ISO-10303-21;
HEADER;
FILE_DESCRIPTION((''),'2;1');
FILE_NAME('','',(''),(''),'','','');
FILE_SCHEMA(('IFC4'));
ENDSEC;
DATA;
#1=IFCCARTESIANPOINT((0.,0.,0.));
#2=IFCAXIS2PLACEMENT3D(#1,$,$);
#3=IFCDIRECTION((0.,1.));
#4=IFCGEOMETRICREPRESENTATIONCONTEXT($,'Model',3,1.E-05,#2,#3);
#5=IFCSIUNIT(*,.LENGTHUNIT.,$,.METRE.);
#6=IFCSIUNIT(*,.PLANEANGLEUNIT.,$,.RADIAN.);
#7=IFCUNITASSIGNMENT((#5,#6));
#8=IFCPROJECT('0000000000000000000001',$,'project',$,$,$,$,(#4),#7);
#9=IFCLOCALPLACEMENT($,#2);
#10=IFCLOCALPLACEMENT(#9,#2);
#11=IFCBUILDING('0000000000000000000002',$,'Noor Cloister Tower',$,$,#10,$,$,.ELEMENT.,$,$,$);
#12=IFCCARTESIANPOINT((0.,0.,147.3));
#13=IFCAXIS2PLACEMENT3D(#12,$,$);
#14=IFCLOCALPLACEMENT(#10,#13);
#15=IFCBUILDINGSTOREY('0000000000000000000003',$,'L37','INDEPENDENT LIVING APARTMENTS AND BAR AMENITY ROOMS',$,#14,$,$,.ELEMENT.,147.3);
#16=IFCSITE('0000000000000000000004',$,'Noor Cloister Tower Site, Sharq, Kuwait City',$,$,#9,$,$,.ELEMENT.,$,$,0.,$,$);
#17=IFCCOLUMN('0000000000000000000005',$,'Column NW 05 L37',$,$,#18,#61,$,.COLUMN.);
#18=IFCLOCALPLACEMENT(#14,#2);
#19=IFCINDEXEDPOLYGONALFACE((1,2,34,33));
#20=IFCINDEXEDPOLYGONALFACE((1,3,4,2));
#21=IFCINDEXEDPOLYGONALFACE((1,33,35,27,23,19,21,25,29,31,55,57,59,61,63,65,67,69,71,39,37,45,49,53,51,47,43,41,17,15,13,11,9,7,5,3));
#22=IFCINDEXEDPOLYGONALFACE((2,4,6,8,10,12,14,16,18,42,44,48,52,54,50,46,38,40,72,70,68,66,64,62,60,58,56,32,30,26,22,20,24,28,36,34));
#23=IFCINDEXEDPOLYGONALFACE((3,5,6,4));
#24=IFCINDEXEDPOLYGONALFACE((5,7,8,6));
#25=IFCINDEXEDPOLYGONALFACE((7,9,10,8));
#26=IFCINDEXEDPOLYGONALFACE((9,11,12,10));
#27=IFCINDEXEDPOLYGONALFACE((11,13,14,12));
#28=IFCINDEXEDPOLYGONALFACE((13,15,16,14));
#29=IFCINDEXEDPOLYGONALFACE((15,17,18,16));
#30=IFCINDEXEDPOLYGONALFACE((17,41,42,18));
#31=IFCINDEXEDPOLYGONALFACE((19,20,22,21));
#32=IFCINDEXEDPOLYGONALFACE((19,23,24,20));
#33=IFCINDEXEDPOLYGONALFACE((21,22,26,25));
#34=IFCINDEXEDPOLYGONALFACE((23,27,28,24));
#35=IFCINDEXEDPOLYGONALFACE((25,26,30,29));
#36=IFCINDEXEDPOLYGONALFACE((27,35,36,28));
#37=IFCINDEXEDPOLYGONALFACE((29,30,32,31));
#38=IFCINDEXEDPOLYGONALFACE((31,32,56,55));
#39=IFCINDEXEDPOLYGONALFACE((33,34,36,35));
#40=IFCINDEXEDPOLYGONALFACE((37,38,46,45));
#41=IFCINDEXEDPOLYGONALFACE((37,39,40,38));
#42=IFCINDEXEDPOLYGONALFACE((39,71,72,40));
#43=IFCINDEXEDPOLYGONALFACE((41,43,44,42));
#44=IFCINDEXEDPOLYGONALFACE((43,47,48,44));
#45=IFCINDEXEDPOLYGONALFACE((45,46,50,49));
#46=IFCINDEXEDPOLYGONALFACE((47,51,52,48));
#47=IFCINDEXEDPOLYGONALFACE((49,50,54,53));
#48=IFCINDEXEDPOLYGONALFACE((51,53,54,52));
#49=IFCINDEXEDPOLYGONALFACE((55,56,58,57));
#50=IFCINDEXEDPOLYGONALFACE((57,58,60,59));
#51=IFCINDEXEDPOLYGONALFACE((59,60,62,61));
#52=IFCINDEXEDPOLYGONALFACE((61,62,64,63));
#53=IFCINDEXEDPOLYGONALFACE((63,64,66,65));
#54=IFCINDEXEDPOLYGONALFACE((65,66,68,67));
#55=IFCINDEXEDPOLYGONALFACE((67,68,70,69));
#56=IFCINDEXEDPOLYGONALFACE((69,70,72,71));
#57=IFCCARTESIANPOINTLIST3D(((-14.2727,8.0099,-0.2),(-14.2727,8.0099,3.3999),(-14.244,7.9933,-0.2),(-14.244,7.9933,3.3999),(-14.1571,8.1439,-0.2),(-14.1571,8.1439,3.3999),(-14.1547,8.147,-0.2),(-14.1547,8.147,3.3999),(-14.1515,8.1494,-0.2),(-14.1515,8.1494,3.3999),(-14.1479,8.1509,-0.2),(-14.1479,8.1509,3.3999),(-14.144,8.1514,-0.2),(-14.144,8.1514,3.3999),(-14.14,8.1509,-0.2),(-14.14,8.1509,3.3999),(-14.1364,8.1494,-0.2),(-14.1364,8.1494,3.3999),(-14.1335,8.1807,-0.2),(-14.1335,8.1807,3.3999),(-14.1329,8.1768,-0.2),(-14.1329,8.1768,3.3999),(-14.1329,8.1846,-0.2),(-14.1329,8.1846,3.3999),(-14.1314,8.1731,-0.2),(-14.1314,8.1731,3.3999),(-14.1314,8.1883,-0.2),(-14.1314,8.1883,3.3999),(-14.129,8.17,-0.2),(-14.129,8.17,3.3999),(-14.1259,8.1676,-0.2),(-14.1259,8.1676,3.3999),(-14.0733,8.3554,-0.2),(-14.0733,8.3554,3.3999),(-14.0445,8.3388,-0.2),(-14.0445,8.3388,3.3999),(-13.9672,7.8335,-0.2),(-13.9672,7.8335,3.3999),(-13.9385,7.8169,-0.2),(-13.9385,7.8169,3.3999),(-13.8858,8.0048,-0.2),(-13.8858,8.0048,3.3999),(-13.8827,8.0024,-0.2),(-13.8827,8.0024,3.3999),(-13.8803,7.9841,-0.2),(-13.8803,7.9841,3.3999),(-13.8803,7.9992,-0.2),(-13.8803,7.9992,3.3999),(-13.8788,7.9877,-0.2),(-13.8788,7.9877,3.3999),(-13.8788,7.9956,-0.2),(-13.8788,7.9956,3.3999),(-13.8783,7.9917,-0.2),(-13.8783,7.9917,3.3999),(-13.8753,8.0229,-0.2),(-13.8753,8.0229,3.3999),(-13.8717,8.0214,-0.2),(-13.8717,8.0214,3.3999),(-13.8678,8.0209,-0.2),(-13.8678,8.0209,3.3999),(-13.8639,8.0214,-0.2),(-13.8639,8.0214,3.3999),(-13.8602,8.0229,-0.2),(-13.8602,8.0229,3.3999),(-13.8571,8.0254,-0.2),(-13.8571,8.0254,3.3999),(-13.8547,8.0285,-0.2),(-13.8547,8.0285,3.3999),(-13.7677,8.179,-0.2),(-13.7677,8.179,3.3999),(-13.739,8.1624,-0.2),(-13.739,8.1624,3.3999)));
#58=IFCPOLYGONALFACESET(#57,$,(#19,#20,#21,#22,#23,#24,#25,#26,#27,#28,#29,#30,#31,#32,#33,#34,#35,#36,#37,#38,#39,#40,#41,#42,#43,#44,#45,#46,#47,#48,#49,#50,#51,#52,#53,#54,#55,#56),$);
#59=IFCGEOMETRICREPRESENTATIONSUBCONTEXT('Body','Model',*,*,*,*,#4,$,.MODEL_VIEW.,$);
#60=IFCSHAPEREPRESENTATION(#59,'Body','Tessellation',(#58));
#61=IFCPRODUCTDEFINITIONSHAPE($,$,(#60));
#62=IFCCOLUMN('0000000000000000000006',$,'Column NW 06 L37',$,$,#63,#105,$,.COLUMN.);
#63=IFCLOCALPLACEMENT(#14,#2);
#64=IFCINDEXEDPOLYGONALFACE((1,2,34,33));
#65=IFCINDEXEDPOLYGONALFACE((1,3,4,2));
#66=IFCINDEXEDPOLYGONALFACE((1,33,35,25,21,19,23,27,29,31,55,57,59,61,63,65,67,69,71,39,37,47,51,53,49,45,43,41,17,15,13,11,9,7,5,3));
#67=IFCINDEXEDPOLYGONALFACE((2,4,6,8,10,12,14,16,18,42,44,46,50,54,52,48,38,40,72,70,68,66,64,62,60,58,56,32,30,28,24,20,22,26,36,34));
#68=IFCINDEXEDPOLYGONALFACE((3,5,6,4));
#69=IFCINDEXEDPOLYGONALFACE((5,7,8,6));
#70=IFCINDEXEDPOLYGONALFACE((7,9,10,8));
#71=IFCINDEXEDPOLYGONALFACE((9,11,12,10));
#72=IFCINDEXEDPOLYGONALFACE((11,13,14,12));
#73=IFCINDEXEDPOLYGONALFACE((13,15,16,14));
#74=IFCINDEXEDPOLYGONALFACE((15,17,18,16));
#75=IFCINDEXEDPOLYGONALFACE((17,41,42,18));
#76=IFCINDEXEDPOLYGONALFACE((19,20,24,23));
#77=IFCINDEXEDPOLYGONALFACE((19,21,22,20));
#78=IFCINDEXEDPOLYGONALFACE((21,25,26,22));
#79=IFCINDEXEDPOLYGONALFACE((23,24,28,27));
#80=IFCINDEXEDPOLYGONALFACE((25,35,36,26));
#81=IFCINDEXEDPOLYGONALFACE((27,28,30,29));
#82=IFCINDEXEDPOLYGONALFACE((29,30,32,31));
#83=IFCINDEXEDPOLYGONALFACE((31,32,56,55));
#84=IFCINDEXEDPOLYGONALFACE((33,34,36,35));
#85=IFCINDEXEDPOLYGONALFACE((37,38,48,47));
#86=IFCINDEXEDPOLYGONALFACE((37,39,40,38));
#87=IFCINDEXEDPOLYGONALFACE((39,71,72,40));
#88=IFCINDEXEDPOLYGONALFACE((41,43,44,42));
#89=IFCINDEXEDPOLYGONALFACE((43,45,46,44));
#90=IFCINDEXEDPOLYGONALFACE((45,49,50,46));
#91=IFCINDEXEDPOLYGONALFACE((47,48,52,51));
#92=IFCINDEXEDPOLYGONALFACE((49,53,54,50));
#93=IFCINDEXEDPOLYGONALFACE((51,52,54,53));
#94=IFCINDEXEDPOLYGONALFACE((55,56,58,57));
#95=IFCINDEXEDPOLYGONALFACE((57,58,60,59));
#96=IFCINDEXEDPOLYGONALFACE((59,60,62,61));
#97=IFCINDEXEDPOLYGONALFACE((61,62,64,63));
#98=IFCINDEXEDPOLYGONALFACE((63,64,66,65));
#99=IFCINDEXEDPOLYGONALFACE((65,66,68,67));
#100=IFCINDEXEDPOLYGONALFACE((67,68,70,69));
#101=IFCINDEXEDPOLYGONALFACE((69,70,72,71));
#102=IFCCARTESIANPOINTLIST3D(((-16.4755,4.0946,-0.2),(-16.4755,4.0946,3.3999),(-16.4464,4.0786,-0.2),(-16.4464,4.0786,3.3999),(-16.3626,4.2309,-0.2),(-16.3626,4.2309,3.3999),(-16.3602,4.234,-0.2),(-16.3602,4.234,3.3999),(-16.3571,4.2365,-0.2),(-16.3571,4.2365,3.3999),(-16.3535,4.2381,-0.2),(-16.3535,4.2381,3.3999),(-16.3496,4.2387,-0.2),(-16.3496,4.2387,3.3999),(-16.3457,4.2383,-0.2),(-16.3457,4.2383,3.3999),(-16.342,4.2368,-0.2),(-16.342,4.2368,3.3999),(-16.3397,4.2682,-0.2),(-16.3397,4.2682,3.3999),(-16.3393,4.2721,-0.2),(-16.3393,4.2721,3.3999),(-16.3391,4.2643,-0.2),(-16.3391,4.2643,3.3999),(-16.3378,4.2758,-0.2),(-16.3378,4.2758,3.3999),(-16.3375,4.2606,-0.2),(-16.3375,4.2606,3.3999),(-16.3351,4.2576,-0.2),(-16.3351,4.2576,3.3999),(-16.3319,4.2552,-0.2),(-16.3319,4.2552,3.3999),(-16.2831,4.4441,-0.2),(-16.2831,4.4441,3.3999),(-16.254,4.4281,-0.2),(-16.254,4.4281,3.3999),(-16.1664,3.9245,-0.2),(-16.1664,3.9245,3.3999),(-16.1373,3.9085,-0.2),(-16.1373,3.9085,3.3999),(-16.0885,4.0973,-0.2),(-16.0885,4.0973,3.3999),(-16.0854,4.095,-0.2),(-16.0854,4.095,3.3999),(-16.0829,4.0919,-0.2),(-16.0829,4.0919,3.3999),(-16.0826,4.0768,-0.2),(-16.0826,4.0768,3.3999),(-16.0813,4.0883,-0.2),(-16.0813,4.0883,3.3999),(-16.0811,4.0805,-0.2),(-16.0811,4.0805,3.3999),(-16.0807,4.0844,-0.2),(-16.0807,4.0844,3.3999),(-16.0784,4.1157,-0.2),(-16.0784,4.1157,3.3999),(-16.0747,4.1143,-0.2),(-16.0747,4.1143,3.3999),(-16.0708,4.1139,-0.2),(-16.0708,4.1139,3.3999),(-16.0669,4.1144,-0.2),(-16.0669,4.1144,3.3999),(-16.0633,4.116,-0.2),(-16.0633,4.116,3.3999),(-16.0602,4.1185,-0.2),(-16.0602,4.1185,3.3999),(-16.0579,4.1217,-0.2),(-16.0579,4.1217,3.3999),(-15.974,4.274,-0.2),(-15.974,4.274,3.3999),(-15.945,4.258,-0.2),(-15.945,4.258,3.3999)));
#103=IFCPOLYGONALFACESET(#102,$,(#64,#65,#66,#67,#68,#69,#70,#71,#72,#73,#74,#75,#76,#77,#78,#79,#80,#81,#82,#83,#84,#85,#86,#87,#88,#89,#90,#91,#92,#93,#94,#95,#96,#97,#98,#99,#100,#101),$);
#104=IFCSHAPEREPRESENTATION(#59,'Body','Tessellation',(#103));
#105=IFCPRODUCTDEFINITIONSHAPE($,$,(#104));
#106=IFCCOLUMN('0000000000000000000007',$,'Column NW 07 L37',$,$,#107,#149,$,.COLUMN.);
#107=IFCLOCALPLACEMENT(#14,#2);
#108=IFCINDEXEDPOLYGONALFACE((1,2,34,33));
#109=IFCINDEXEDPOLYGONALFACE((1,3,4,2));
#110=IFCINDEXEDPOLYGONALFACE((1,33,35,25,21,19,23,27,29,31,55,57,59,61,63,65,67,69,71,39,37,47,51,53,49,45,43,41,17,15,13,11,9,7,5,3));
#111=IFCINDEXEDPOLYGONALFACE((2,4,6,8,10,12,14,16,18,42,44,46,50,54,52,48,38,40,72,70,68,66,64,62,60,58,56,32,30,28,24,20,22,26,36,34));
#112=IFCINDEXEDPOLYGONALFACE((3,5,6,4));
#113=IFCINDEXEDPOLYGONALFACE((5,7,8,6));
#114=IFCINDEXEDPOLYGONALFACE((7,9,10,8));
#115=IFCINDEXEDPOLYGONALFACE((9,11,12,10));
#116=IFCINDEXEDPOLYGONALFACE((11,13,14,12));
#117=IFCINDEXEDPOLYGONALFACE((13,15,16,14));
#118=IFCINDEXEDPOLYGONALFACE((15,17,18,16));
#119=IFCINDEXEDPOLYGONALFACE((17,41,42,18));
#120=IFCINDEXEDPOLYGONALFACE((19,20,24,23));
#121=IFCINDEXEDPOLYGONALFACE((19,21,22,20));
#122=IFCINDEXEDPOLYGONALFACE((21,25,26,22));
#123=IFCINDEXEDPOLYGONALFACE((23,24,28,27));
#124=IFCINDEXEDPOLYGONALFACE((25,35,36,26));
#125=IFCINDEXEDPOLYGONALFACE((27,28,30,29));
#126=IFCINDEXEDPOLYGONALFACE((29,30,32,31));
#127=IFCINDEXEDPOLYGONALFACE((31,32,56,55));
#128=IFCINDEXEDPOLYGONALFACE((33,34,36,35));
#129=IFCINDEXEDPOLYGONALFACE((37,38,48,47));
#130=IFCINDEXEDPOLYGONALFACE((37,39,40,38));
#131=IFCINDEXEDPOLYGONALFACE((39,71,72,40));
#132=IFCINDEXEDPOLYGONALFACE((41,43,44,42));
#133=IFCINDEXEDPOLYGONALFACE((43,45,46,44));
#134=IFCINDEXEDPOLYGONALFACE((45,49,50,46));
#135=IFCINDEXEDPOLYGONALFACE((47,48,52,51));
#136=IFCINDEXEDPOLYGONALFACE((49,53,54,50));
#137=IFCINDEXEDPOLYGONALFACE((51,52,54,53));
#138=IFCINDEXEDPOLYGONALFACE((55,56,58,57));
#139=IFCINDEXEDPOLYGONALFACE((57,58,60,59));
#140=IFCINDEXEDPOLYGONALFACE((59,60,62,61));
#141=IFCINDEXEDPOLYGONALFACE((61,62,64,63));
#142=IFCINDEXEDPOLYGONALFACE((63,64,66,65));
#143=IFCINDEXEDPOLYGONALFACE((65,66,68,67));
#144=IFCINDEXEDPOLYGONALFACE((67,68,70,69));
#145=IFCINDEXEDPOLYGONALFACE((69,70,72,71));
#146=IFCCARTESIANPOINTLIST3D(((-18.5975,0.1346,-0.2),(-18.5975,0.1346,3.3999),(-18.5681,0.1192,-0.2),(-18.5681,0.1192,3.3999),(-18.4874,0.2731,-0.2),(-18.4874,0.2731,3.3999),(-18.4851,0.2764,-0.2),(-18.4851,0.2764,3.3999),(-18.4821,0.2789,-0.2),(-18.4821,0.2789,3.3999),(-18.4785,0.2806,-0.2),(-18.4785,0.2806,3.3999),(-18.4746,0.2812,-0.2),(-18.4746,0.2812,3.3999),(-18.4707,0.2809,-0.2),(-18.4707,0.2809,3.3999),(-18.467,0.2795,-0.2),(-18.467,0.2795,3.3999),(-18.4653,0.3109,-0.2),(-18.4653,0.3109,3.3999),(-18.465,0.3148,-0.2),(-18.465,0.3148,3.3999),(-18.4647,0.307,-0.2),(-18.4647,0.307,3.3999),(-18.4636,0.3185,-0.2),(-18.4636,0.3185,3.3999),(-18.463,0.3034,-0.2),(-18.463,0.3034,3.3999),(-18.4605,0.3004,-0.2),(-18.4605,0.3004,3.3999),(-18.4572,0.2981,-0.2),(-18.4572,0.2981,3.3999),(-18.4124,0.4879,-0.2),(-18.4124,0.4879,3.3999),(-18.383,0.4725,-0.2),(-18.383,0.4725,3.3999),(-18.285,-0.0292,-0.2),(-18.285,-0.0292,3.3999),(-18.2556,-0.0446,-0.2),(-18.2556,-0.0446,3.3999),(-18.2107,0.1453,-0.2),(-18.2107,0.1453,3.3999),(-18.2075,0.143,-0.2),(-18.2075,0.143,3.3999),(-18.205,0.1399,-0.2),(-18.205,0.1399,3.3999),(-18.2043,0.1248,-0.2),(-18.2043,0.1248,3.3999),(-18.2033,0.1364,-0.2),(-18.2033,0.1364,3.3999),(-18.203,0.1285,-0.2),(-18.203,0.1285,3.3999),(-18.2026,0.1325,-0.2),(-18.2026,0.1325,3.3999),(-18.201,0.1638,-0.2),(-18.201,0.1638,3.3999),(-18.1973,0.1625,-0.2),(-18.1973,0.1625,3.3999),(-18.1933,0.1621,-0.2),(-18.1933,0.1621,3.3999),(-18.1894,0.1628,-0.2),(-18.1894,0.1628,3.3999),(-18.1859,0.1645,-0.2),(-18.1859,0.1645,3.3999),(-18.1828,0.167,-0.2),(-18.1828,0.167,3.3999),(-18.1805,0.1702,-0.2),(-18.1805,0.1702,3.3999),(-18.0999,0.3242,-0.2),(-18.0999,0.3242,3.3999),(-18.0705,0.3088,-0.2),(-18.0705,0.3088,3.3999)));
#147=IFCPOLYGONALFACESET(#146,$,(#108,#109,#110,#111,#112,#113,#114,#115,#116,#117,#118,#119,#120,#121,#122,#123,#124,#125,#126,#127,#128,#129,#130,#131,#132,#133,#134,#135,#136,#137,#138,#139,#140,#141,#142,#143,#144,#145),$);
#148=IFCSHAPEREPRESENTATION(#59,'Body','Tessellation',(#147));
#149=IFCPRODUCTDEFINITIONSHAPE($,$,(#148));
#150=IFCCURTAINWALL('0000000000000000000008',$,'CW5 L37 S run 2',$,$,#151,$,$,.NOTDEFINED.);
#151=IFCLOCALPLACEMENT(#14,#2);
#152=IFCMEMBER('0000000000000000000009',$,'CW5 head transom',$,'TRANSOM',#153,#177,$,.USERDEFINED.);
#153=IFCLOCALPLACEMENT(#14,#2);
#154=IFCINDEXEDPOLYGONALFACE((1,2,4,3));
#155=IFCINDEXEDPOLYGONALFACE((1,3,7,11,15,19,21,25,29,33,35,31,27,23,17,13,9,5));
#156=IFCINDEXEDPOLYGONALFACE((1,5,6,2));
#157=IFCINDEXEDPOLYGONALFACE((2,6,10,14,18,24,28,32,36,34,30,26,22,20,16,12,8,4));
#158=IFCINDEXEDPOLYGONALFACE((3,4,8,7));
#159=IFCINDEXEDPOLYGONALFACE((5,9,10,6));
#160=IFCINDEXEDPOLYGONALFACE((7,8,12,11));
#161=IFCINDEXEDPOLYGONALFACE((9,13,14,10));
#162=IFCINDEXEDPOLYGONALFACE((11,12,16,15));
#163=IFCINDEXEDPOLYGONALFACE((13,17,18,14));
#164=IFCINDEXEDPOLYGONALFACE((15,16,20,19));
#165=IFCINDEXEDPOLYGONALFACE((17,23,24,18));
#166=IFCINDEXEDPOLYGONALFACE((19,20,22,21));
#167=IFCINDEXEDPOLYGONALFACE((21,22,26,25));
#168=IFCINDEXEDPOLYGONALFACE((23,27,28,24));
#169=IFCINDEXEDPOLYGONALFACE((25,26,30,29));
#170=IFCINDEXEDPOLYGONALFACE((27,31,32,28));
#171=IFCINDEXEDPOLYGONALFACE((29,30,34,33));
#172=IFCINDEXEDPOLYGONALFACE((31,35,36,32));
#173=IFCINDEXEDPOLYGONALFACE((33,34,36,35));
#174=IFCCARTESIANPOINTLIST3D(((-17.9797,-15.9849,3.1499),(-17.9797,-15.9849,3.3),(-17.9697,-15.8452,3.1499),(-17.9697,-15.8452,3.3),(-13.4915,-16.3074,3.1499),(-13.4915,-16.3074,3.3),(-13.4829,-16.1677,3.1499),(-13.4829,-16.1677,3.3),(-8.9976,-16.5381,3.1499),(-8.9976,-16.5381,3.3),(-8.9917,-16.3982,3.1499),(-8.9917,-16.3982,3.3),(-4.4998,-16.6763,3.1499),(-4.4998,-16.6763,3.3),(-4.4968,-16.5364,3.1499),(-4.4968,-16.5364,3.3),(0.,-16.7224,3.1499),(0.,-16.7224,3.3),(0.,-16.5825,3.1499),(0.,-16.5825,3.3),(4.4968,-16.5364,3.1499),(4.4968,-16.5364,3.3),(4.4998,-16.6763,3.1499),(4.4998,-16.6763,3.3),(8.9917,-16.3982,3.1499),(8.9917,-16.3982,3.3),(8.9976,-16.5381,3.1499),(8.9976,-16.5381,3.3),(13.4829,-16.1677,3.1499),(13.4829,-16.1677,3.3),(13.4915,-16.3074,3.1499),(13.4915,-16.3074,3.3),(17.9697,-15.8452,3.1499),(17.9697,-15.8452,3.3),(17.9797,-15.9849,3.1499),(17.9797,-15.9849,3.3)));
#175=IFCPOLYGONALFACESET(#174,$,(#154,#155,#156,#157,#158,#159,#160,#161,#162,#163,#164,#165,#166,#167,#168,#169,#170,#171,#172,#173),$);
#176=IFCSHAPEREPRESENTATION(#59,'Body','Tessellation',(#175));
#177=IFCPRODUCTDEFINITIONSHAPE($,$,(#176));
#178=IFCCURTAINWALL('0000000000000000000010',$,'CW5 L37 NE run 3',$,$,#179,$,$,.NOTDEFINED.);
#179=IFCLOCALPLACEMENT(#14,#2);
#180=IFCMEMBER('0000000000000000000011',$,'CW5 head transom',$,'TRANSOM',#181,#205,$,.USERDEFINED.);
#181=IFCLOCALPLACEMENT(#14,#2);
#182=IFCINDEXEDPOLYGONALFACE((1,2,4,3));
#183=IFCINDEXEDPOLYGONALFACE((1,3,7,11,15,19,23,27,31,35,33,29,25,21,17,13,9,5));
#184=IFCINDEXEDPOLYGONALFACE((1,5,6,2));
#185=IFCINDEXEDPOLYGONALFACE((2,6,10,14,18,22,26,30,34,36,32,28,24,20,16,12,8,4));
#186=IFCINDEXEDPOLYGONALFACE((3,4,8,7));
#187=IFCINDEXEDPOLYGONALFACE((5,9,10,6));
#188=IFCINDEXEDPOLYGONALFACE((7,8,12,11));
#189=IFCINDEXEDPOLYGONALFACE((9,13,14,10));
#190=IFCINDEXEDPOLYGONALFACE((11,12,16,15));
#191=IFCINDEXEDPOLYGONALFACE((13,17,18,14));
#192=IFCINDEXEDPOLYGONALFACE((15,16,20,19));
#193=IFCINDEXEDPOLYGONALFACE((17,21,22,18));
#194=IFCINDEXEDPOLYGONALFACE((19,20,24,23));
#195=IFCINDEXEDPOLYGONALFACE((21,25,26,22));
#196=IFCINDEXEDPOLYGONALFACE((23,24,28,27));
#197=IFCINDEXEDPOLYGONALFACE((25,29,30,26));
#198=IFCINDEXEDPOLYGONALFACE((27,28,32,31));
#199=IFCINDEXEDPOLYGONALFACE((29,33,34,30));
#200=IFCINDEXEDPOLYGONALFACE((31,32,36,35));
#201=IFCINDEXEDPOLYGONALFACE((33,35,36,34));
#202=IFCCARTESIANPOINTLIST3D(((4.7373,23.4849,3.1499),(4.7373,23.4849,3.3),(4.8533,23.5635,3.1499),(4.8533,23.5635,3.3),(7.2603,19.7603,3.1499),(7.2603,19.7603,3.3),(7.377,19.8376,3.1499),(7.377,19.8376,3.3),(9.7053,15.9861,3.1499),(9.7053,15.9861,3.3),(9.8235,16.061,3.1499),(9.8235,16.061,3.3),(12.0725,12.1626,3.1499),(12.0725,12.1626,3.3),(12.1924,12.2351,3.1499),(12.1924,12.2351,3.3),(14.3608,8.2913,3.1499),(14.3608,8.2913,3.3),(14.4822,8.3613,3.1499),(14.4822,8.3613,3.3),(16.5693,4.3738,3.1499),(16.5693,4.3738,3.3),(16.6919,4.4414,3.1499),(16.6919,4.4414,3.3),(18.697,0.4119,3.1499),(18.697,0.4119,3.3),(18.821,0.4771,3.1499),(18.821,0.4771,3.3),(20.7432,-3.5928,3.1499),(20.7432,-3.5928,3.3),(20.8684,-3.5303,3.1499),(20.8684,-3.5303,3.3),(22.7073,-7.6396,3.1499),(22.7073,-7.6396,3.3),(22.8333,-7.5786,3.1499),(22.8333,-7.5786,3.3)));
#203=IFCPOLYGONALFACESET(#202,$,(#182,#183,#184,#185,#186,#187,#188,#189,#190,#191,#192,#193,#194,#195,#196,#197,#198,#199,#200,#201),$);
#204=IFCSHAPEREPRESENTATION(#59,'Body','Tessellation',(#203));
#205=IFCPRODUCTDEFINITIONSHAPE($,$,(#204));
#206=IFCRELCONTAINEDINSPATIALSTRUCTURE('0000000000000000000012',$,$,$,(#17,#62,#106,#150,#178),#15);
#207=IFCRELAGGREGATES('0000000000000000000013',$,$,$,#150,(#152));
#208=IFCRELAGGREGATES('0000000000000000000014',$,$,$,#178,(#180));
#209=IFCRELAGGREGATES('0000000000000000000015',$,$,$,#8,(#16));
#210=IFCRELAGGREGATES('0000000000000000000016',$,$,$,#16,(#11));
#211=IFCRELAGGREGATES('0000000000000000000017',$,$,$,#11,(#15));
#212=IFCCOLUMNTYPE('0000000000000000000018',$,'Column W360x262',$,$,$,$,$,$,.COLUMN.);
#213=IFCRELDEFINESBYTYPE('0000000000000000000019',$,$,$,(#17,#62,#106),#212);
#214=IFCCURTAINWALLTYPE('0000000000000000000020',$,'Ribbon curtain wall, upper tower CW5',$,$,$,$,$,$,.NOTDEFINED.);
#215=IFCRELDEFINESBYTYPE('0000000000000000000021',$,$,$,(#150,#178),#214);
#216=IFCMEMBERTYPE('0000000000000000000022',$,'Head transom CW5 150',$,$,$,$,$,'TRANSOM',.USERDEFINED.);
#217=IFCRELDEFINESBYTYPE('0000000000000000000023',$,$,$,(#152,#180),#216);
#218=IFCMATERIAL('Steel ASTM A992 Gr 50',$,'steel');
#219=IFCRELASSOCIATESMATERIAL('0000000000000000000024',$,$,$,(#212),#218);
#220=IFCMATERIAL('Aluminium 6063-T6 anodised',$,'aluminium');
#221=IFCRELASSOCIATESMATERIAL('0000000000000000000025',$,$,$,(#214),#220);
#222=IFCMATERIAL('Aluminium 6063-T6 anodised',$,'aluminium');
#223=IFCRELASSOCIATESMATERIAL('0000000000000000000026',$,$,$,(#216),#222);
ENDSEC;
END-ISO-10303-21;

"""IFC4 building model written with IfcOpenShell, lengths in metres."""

from ifc_helpers import new_model, si_unit, direction, frame, origin, origin_2d, place, context, subcontext, project, spatial, polyline, i_section, outline, extrude, material, material_profile, profile_set, type_object, element, aggregate, save


model = new_model("IFC4")

# Units and contexts
model_context = context("Model", 3, precision=1e-05, world=origin(), true_north=direction((0.0, 1.0)))
body_context = subcontext(model_context, "Body", "Model", "MODEL_VIEW")
ifc_project = project(units=[si_unit("LENGTHUNIT", "METRE"), si_unit("PLANEANGLEUNIT", "RADIAN")], contexts=[model_context])

# Site, building, storey
site_placement = place(None, origin())
site = spatial("IfcSite", under=ifc_project, at=site_placement, Name="Noor Cloister Tower Site, Sharq, Kuwait City", CompositionType="ELEMENT", RefElevation=0.0)
building_placement = place(site_placement, origin())
building = spatial("IfcBuilding", under=site, at=building_placement, Name="Noor Cloister Tower", CompositionType="ELEMENT")
storey_placement = place(building_placement, frame((0.0, 0.0, 147.3)))
storey = spatial("IfcBuildingStorey", under=building, at=storey_placement, Name="L37", Description="INDEPENDENT LIVING APARTMENTS AND BAR AMENITY ROOMS", CompositionType="ELEMENT", Elevation=147.3)

# Columns
ifc_material_1 = material(Name="Steel ASTM A992 Gr 50", Category="steel")
ifc_material_profile_1 = material_profile(ifc_material_1, i_section(OverallWidth=0.3989, OverallDepth=0.386, WebThickness=0.021, FlangeThickness=0.0332, FilletRadius=0.0151, at=origin_2d()), Name="W360x262")
ifc_profile_set_1 = profile_set([ifc_material_profile_1], Name="Steel ASTM A992 Gr 50")
column_type = type_object("IfcColumnType", Name="Column W360x262", PredefinedType="COLUMN", material=ifc_profile_set_1)
for number, where, z_axis, x_axis, name in (
    (1, (-14.0059, 8.0862, -0.2), (0.0, 0.0, 1.0), (-0.5, -0.866025, 0.0), "Column NW 05 L37"),
    (2, (-16.2102, 4.1763, -0.2), (0.0, 0.0, 1.0), (-0.48214, -0.876094, 0.0), "Column NW 06 L37"),
    (3, (-18.334, 0.2217, -0.2), (0.0, 0.0, 1.0), (-0.464077, -0.885795, 0.0), "Column NW 07 L37"),
):
    element("IfcColumn", number, at=place(storey_placement, frame(where, z_axis=z_axis, x_axis=x_axis)), inside=storey, type_object=column_type, Name=name, PredefinedType="COLUMN", context=body_context, shape_type="SweptSolid", body=[
        extrude(i_section(OverallWidth=0.3989, OverallDepth=0.386, WebThickness=0.021, FlangeThickness=0.0332, FilletRadius=0.0151, at=origin_2d()), origin(), (0.0, 0.0, 1.0), 3.5999),
    ])

# Curtain walls, members
ifc_material_2 = material(Name="Aluminium 6063-T6 anodised", Category="aluminium")
curtain_wall_type = type_object("IfcCurtainWallType", Name="Ribbon curtain wall, upper tower CW5", PredefinedType="NOTDEFINED", material=ifc_material_2)
curtain_wall_1_placement = place(storey_placement, origin())
curtain_wall_1 = element("IfcCurtainWall", 4, at=curtain_wall_1_placement, inside=storey, type_object=curtain_wall_type, Name="CW5 L37 S run 2", PredefinedType="NOTDEFINED")
ifc_material_3 = material(Name="Aluminium 6063-T6 anodised", Category="aluminium")
member_type_1 = type_object("IfcMemberType", Name="Head transom CW5 150", ElementType="TRANSOM", PredefinedType="USERDEFINED", material=ifc_material_3)
member_1_placement = place(storey_placement, frame((0.0, 0.0, 3.1499)))
member_1 = element("IfcMember", 5, at=member_1_placement, type_object=member_type_1, Name="CW5 head transom", ObjectType="TRANSOM", PredefinedType="USERDEFINED", context=body_context, shape_type="SweptSolid", body=[
    extrude(outline(polyline([(-17.9797, -15.9849), (-13.4915, -16.3074), (-8.9976, -16.5381), (-4.4998, -16.6763), (0.0, -16.7224), (4.4998, -16.6763), (8.9976, -16.5381), (13.4915, -16.3074), (17.9797, -15.9849), (17.9697, -15.8452), (13.4829, -16.1677), (8.9917, -16.3982), (4.4968, -16.5364), (0.0, -16.5825), (-4.4968, -16.5364), (-8.9917, -16.3982), (-13.4829, -16.1677), (-17.9697, -15.8452), (-17.9797, -15.9849)])), origin(), (0.0, 0.0, 1.0), 0.1501),
])
aggregate(curtain_wall_1, [member_1])
curtain_wall_2_placement = place(storey_placement, origin())
curtain_wall_2 = element("IfcCurtainWall", 6, at=curtain_wall_2_placement, inside=storey, type_object=curtain_wall_type, Name="CW5 L37 NE run 3", PredefinedType="NOTDEFINED")
member_2_placement = place(storey_placement, frame((0.0, 0.0, 3.1499)))
member_2 = element("IfcMember", 7, at=member_2_placement, type_object=member_type_1, Name="CW5 head transom", ObjectType="TRANSOM", PredefinedType="USERDEFINED", context=body_context, shape_type="SweptSolid", body=[
    extrude(outline(polyline([(22.8333, -7.5786), (20.8684, -3.5303), (18.821, 0.4771), (16.6919, 4.4414), (14.4822, 8.3613), (12.1924, 12.2351), (9.8235, 16.061), (7.377, 19.8376), (4.8533, 23.5635), (4.7373, 23.4849), (7.2603, 19.7603), (9.7053, 15.9861), (12.0725, 12.1626), (14.3608, 8.2913), (16.5693, 4.3738), (18.697, 0.4119), (20.7432, -3.5928), (22.7073, -7.6396), (22.8333, -7.5786)])), origin(), (0.0, 0.0, 1.0), 0.1501),
])

aggregate(curtain_wall_2, [member_2])

save(model, "model.ifc")
